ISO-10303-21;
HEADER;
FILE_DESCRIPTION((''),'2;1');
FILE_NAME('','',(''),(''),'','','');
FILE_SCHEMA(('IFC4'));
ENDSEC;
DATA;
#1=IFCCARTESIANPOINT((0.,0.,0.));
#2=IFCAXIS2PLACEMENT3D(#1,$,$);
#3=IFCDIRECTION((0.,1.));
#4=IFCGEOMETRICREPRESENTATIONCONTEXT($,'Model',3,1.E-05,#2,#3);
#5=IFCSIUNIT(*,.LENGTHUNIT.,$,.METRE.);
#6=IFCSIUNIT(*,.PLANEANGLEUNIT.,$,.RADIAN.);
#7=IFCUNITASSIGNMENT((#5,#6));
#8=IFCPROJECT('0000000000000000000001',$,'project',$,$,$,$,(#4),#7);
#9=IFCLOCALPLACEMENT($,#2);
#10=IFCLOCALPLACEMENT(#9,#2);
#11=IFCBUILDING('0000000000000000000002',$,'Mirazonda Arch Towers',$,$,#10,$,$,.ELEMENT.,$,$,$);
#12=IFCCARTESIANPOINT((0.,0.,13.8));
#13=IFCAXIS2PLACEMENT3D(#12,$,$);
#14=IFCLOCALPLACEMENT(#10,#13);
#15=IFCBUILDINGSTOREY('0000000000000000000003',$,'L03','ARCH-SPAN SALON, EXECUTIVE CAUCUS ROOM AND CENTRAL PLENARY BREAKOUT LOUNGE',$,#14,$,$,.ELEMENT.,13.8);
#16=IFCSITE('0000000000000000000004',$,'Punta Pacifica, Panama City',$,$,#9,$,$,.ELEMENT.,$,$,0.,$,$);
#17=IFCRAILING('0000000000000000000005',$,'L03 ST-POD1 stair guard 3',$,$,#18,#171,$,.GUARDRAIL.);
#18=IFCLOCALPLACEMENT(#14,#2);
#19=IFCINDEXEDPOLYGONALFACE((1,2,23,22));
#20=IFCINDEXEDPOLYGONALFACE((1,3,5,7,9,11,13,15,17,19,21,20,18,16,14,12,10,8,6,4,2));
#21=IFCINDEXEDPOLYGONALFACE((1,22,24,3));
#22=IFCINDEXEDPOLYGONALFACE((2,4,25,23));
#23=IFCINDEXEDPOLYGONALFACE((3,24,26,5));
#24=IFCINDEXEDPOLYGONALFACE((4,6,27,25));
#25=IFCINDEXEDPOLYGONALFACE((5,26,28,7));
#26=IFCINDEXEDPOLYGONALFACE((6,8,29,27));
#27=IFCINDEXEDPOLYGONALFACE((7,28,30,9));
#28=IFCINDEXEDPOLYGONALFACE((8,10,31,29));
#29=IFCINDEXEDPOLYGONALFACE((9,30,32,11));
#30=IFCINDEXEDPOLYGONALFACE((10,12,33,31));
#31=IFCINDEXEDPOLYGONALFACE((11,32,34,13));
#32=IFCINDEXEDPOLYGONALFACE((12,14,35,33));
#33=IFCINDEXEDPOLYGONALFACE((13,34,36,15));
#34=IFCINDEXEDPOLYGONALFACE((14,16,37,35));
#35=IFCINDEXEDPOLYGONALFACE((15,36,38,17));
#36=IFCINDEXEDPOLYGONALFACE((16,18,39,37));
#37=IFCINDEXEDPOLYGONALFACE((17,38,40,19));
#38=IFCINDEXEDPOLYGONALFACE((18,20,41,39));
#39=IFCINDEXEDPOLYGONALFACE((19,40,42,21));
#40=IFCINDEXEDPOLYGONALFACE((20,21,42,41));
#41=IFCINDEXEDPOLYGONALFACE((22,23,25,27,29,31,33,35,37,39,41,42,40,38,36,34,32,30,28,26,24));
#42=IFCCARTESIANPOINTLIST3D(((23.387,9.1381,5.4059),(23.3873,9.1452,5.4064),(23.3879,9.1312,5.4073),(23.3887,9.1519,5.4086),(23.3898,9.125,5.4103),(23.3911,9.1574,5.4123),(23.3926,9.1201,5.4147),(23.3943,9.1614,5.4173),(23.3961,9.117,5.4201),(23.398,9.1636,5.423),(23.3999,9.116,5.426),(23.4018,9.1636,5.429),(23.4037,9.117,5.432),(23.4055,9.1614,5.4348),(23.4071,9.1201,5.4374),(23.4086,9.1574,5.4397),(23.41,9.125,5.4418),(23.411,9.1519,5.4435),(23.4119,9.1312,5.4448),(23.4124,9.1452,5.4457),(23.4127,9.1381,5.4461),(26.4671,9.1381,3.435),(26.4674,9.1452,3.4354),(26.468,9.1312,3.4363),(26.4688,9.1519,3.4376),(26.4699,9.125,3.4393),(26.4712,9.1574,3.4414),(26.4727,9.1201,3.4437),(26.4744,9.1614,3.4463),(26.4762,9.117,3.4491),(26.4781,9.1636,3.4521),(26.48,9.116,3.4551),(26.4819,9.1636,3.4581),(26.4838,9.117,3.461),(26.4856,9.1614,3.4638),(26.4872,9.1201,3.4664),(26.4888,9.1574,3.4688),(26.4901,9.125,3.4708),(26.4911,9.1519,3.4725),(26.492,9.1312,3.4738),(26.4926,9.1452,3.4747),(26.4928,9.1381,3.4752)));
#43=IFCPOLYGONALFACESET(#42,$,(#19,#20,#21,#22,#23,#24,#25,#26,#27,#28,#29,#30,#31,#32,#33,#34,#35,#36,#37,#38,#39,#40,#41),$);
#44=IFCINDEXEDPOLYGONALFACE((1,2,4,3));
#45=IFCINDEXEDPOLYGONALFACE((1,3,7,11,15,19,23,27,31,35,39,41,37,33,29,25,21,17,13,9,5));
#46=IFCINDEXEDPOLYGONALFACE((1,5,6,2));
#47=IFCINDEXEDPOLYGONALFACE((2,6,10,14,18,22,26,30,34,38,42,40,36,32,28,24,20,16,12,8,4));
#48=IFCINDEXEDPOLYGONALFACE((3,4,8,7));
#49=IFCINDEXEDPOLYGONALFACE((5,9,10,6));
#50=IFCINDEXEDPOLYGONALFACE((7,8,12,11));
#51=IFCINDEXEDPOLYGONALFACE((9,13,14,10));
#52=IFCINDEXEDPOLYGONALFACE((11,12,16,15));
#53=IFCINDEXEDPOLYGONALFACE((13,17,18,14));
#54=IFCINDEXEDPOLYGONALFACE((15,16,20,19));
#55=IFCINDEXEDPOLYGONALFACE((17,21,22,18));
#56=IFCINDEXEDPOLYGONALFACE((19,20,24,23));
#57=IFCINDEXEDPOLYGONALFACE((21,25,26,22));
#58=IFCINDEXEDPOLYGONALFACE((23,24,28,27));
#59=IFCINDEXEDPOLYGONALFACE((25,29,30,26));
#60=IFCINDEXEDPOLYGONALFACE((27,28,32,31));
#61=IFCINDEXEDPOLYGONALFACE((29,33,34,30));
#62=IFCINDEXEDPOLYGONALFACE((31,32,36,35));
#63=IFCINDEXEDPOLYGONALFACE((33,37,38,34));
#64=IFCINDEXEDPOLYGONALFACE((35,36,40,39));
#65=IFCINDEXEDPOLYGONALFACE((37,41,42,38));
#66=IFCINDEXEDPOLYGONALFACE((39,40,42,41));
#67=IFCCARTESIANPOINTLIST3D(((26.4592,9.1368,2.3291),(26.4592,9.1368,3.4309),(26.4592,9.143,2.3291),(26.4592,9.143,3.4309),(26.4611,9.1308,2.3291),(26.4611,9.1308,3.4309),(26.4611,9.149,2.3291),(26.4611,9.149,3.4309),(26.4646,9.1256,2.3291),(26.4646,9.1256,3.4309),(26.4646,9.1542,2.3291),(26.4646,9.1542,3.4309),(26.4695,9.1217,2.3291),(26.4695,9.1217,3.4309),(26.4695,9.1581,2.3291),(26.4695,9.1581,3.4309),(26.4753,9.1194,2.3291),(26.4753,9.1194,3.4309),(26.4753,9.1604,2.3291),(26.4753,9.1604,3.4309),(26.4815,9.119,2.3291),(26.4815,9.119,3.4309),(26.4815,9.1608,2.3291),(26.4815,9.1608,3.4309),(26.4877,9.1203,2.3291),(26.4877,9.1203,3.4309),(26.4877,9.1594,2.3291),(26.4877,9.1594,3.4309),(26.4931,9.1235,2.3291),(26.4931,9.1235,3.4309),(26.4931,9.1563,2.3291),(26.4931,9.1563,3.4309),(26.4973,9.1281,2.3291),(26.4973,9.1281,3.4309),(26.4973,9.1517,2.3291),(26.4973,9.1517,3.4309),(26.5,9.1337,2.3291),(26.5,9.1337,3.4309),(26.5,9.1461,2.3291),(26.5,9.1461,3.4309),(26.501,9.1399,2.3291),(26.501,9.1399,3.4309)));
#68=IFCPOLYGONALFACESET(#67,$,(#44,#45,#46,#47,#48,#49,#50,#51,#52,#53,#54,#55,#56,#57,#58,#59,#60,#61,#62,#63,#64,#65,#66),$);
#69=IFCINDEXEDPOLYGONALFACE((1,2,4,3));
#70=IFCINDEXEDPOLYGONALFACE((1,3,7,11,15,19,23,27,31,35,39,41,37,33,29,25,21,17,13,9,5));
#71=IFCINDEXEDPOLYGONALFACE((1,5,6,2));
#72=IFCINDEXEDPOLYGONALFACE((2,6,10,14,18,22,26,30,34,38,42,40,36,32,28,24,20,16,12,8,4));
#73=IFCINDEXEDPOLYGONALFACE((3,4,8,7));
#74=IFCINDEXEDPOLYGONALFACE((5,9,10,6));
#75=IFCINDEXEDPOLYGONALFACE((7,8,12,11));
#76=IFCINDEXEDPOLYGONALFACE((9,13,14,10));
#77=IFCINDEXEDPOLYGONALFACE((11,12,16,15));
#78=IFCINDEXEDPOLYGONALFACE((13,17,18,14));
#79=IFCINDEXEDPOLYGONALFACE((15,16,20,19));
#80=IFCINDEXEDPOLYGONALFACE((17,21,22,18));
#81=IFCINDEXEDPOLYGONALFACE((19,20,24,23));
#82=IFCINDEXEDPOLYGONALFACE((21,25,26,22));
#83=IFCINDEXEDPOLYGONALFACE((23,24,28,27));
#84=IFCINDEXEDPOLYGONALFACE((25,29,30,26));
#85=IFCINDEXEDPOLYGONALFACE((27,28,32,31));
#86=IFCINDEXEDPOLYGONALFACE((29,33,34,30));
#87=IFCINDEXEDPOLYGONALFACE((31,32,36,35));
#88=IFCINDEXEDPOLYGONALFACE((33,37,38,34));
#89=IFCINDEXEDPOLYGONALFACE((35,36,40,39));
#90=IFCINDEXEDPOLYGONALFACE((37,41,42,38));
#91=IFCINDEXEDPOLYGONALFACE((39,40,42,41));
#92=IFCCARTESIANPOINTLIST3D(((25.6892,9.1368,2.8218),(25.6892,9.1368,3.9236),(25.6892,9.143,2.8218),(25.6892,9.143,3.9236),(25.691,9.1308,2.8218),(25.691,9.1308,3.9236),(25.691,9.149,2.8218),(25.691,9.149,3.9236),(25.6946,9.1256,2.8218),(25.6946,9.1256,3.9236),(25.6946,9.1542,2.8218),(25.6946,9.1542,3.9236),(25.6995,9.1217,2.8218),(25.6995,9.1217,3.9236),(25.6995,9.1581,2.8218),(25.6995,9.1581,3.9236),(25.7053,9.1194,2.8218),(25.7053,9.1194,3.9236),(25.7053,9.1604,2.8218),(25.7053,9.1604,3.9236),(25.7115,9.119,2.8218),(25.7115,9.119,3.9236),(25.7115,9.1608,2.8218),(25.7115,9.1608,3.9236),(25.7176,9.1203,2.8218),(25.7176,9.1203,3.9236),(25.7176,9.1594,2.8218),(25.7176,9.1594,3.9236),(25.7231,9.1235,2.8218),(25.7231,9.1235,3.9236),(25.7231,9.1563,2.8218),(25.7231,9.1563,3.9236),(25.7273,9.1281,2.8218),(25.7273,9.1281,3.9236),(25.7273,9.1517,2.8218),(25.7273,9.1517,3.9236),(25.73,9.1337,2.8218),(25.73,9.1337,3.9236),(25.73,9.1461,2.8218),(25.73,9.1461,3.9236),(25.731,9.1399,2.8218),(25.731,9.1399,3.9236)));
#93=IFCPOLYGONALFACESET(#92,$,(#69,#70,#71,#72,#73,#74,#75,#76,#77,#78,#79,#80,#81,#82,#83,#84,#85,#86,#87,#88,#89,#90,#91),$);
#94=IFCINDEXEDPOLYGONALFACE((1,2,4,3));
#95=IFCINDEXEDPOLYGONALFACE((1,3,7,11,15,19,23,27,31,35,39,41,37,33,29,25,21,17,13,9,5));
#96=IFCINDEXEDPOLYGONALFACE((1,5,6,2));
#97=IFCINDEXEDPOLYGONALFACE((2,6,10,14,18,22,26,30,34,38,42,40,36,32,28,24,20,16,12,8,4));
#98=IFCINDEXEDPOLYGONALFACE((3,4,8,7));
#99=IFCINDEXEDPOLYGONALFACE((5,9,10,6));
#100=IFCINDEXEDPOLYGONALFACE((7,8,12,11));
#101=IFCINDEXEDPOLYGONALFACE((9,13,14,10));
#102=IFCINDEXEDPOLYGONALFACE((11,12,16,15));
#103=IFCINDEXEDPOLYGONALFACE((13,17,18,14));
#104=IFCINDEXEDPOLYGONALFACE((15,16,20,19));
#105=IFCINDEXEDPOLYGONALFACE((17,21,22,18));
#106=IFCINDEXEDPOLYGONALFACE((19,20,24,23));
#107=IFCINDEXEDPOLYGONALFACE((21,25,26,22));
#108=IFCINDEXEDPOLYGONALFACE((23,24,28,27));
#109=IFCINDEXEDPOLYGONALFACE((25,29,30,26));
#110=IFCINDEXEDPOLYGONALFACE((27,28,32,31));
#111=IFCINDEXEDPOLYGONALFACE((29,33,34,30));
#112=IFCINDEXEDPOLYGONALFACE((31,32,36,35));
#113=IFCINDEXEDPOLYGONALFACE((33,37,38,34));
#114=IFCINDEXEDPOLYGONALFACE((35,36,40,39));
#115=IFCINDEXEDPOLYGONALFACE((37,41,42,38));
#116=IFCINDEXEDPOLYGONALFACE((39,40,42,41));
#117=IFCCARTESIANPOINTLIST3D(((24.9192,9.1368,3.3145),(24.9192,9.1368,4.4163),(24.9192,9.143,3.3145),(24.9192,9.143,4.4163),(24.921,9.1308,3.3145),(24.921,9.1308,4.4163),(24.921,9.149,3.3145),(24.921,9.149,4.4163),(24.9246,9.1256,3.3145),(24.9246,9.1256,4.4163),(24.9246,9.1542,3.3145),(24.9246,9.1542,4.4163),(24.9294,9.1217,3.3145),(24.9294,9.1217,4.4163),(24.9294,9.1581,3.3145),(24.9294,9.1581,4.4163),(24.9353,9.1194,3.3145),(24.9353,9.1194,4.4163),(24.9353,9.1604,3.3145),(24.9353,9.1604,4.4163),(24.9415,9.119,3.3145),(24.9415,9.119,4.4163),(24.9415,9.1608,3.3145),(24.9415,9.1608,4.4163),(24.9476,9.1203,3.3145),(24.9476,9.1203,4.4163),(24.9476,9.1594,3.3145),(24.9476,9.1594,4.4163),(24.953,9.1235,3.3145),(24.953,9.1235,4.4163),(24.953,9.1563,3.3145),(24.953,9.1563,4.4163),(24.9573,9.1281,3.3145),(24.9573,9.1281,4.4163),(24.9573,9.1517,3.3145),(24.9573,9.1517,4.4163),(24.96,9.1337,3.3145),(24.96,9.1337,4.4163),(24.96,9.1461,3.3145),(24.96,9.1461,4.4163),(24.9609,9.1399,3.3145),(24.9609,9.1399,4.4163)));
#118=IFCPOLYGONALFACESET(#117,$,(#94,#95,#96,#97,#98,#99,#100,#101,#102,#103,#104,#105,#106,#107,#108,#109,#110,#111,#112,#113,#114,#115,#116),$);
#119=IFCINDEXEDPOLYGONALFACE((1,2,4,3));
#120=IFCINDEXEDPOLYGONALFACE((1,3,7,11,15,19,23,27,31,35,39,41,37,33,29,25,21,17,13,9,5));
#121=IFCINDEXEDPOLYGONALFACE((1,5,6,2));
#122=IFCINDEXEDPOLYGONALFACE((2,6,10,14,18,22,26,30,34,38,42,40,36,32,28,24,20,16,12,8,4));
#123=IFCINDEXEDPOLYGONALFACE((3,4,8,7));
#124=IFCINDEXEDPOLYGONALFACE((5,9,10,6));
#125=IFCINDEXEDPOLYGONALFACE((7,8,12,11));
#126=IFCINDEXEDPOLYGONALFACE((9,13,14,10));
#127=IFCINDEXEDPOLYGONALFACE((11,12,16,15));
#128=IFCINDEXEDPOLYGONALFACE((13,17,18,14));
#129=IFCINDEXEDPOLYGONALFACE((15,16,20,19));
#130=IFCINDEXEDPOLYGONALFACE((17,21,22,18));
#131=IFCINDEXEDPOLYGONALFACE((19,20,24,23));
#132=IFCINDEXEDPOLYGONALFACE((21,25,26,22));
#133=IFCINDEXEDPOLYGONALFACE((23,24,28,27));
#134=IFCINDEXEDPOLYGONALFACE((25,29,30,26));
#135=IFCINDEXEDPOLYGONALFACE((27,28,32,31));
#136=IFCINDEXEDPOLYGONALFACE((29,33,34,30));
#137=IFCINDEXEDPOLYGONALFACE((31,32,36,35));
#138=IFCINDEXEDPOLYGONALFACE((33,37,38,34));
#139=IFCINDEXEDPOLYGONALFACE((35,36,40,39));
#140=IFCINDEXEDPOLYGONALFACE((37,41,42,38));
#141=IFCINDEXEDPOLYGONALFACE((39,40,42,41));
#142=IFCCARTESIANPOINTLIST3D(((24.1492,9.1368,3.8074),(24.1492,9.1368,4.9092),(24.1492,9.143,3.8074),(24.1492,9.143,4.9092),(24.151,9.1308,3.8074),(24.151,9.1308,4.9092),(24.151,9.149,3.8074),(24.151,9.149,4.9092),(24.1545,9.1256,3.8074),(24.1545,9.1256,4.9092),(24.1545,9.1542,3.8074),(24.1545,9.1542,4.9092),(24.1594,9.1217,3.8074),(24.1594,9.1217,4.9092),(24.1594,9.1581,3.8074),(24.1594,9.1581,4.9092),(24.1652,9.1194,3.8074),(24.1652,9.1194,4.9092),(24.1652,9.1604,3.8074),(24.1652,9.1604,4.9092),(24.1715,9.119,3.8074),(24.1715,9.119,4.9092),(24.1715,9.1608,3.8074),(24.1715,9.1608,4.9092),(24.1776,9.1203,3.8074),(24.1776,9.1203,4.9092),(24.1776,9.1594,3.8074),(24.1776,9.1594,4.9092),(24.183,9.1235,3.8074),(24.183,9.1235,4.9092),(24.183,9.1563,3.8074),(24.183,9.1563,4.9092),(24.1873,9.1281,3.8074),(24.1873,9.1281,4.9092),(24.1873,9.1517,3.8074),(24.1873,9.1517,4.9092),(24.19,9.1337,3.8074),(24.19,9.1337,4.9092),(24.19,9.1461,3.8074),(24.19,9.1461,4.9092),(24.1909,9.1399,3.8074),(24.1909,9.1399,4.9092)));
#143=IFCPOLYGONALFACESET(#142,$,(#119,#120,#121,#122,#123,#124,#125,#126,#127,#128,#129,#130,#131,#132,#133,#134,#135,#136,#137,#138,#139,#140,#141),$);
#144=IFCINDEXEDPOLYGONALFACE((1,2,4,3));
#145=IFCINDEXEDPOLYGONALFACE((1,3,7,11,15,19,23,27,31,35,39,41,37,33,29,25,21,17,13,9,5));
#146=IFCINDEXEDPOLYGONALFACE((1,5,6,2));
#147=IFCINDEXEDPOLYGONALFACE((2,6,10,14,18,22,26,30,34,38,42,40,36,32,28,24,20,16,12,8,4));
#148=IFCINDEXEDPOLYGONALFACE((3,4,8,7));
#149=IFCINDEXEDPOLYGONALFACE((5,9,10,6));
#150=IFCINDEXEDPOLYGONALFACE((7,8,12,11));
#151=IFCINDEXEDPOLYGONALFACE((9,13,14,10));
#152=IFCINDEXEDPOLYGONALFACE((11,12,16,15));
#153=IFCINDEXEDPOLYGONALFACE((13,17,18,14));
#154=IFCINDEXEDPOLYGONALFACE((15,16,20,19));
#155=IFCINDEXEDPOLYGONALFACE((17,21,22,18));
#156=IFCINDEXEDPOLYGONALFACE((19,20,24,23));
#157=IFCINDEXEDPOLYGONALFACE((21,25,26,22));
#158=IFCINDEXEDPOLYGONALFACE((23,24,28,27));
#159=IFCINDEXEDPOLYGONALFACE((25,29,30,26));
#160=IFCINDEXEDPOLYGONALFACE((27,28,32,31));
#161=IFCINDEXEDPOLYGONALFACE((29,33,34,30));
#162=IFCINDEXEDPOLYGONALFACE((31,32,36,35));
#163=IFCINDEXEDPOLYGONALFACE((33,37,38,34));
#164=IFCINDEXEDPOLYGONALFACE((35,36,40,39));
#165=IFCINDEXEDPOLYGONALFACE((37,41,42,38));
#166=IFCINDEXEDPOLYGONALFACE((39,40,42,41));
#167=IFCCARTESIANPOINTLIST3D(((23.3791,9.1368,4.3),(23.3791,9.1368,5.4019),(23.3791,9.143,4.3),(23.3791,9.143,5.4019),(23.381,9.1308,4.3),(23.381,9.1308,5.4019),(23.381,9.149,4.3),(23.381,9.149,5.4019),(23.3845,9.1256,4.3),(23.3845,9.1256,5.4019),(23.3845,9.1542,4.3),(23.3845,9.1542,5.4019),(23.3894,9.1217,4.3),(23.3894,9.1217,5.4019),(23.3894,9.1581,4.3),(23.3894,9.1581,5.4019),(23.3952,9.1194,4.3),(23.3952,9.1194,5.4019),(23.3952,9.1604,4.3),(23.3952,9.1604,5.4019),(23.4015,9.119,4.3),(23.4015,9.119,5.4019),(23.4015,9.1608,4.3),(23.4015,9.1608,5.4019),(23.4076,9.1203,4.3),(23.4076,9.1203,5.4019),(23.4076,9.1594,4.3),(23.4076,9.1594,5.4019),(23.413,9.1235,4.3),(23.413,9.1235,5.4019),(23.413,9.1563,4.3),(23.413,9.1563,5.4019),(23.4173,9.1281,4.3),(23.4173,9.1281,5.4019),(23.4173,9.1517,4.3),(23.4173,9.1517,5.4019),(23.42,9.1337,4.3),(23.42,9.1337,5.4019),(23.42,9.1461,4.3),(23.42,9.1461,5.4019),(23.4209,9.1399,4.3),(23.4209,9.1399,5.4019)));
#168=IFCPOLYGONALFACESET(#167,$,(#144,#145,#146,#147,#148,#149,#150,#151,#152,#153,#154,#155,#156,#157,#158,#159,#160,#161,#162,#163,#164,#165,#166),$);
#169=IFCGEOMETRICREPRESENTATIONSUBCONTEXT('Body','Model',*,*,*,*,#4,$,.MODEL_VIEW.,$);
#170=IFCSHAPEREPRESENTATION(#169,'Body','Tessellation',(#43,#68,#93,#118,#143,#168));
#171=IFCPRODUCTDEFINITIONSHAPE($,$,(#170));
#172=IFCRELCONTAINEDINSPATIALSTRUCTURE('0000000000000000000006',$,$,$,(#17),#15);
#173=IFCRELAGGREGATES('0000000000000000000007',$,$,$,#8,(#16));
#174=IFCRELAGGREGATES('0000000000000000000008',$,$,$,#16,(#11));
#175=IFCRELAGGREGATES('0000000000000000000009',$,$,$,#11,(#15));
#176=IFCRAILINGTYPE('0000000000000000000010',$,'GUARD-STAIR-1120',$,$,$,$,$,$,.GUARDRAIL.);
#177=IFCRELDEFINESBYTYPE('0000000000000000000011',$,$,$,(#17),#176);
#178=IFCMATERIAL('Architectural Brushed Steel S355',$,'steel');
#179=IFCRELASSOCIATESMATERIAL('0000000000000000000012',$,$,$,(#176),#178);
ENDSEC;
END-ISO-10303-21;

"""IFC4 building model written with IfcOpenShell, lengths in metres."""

from ifc_helpers import new_model, si_unit, direction, frame, origin, origin_2d, place, context, subcontext, project, spatial, circle, extrude, material, type_object, element, save


model = new_model("IFC4")

# Units and contexts
model_context = context("Model", 3, precision=1e-05, world=origin(), true_north=direction((0.0, 1.0)))
body_context = subcontext(model_context, "Body", "Model", "MODEL_VIEW")
ifc_project = project(units=[si_unit("LENGTHUNIT", "METRE"), si_unit("PLANEANGLEUNIT", "RADIAN")], contexts=[model_context])

# Site, building, storey
site_placement = place(None, origin())
site = spatial("IfcSite", under=ifc_project, at=site_placement, Name="Punta Pacifica, Panama City", CompositionType="ELEMENT", RefElevation=0.0)
building_placement = place(site_placement, origin())
building = spatial("IfcBuilding", under=site, at=building_placement, Name="Mirazonda Arch Towers", CompositionType="ELEMENT")
storey_placement = place(building_placement, frame((0.0, 0.0, 13.8)))
storey = spatial("IfcBuildingStorey", under=building, at=storey_placement, Name="L03", Description="ARCH-SPAN SALON, EXECUTIVE CAUCUS ROOM AND CENTRAL PLENARY BREAKOUT LOUNGE", CompositionType="ELEMENT", Elevation=13.8)

# Railing
ifc_material_1 = material(Name="Architectural Brushed Steel S355", Category="steel")
railing_type_1 = type_object("IfcRailingType", Name="GUARD-STAIR-1120", PredefinedType="GUARDRAIL", material=ifc_material_1)
railing_1_placement = place(storey_placement, frame((26.48, 9.1399, 2.3291)))
element("IfcRailing", 1, at=railing_1_placement, inside=storey, type_object=railing_type_1, Name="L03 ST-POD1 stair guard 3", PredefinedType="GUARDRAIL", context=body_context, shape_type="SweptSolid", body=[
    extrude(circle(Radius=0.0239, at=origin_2d()), frame((0.0, 0.0, 1.126), z_axis=(-0.842309, 0.0, 0.538995), x_axis=(0.0, -1.0, 0.0)), (0.0, 0.0, 1.0), 3.6567),
    extrude(circle(Radius=0.021, at=origin_2d()), origin(), (0.0, 0.0, 1.0), 1.1018),
    extrude(circle(Radius=0.021, at=origin_2d()), frame((-0.77, 0.0, 0.4927)), (0.0, 0.0, 1.0), 1.1018),
    extrude(circle(Radius=0.021, at=origin_2d()), frame((-1.54, 0.0, 0.9854)), (0.0, 0.0, 1.0), 1.1018),
    extrude(circle(Radius=0.021, at=origin_2d()), frame((-2.3101, 0.0, 1.4783)), (0.0, 0.0, 1.0), 1.1018),
    extrude(circle(Radius=0.021, at=origin_2d()), frame((-3.0801, 0.0, 1.9709)), (0.0, 0.0, 1.0), 1.1018),
])

save(model, "model.ifc")
